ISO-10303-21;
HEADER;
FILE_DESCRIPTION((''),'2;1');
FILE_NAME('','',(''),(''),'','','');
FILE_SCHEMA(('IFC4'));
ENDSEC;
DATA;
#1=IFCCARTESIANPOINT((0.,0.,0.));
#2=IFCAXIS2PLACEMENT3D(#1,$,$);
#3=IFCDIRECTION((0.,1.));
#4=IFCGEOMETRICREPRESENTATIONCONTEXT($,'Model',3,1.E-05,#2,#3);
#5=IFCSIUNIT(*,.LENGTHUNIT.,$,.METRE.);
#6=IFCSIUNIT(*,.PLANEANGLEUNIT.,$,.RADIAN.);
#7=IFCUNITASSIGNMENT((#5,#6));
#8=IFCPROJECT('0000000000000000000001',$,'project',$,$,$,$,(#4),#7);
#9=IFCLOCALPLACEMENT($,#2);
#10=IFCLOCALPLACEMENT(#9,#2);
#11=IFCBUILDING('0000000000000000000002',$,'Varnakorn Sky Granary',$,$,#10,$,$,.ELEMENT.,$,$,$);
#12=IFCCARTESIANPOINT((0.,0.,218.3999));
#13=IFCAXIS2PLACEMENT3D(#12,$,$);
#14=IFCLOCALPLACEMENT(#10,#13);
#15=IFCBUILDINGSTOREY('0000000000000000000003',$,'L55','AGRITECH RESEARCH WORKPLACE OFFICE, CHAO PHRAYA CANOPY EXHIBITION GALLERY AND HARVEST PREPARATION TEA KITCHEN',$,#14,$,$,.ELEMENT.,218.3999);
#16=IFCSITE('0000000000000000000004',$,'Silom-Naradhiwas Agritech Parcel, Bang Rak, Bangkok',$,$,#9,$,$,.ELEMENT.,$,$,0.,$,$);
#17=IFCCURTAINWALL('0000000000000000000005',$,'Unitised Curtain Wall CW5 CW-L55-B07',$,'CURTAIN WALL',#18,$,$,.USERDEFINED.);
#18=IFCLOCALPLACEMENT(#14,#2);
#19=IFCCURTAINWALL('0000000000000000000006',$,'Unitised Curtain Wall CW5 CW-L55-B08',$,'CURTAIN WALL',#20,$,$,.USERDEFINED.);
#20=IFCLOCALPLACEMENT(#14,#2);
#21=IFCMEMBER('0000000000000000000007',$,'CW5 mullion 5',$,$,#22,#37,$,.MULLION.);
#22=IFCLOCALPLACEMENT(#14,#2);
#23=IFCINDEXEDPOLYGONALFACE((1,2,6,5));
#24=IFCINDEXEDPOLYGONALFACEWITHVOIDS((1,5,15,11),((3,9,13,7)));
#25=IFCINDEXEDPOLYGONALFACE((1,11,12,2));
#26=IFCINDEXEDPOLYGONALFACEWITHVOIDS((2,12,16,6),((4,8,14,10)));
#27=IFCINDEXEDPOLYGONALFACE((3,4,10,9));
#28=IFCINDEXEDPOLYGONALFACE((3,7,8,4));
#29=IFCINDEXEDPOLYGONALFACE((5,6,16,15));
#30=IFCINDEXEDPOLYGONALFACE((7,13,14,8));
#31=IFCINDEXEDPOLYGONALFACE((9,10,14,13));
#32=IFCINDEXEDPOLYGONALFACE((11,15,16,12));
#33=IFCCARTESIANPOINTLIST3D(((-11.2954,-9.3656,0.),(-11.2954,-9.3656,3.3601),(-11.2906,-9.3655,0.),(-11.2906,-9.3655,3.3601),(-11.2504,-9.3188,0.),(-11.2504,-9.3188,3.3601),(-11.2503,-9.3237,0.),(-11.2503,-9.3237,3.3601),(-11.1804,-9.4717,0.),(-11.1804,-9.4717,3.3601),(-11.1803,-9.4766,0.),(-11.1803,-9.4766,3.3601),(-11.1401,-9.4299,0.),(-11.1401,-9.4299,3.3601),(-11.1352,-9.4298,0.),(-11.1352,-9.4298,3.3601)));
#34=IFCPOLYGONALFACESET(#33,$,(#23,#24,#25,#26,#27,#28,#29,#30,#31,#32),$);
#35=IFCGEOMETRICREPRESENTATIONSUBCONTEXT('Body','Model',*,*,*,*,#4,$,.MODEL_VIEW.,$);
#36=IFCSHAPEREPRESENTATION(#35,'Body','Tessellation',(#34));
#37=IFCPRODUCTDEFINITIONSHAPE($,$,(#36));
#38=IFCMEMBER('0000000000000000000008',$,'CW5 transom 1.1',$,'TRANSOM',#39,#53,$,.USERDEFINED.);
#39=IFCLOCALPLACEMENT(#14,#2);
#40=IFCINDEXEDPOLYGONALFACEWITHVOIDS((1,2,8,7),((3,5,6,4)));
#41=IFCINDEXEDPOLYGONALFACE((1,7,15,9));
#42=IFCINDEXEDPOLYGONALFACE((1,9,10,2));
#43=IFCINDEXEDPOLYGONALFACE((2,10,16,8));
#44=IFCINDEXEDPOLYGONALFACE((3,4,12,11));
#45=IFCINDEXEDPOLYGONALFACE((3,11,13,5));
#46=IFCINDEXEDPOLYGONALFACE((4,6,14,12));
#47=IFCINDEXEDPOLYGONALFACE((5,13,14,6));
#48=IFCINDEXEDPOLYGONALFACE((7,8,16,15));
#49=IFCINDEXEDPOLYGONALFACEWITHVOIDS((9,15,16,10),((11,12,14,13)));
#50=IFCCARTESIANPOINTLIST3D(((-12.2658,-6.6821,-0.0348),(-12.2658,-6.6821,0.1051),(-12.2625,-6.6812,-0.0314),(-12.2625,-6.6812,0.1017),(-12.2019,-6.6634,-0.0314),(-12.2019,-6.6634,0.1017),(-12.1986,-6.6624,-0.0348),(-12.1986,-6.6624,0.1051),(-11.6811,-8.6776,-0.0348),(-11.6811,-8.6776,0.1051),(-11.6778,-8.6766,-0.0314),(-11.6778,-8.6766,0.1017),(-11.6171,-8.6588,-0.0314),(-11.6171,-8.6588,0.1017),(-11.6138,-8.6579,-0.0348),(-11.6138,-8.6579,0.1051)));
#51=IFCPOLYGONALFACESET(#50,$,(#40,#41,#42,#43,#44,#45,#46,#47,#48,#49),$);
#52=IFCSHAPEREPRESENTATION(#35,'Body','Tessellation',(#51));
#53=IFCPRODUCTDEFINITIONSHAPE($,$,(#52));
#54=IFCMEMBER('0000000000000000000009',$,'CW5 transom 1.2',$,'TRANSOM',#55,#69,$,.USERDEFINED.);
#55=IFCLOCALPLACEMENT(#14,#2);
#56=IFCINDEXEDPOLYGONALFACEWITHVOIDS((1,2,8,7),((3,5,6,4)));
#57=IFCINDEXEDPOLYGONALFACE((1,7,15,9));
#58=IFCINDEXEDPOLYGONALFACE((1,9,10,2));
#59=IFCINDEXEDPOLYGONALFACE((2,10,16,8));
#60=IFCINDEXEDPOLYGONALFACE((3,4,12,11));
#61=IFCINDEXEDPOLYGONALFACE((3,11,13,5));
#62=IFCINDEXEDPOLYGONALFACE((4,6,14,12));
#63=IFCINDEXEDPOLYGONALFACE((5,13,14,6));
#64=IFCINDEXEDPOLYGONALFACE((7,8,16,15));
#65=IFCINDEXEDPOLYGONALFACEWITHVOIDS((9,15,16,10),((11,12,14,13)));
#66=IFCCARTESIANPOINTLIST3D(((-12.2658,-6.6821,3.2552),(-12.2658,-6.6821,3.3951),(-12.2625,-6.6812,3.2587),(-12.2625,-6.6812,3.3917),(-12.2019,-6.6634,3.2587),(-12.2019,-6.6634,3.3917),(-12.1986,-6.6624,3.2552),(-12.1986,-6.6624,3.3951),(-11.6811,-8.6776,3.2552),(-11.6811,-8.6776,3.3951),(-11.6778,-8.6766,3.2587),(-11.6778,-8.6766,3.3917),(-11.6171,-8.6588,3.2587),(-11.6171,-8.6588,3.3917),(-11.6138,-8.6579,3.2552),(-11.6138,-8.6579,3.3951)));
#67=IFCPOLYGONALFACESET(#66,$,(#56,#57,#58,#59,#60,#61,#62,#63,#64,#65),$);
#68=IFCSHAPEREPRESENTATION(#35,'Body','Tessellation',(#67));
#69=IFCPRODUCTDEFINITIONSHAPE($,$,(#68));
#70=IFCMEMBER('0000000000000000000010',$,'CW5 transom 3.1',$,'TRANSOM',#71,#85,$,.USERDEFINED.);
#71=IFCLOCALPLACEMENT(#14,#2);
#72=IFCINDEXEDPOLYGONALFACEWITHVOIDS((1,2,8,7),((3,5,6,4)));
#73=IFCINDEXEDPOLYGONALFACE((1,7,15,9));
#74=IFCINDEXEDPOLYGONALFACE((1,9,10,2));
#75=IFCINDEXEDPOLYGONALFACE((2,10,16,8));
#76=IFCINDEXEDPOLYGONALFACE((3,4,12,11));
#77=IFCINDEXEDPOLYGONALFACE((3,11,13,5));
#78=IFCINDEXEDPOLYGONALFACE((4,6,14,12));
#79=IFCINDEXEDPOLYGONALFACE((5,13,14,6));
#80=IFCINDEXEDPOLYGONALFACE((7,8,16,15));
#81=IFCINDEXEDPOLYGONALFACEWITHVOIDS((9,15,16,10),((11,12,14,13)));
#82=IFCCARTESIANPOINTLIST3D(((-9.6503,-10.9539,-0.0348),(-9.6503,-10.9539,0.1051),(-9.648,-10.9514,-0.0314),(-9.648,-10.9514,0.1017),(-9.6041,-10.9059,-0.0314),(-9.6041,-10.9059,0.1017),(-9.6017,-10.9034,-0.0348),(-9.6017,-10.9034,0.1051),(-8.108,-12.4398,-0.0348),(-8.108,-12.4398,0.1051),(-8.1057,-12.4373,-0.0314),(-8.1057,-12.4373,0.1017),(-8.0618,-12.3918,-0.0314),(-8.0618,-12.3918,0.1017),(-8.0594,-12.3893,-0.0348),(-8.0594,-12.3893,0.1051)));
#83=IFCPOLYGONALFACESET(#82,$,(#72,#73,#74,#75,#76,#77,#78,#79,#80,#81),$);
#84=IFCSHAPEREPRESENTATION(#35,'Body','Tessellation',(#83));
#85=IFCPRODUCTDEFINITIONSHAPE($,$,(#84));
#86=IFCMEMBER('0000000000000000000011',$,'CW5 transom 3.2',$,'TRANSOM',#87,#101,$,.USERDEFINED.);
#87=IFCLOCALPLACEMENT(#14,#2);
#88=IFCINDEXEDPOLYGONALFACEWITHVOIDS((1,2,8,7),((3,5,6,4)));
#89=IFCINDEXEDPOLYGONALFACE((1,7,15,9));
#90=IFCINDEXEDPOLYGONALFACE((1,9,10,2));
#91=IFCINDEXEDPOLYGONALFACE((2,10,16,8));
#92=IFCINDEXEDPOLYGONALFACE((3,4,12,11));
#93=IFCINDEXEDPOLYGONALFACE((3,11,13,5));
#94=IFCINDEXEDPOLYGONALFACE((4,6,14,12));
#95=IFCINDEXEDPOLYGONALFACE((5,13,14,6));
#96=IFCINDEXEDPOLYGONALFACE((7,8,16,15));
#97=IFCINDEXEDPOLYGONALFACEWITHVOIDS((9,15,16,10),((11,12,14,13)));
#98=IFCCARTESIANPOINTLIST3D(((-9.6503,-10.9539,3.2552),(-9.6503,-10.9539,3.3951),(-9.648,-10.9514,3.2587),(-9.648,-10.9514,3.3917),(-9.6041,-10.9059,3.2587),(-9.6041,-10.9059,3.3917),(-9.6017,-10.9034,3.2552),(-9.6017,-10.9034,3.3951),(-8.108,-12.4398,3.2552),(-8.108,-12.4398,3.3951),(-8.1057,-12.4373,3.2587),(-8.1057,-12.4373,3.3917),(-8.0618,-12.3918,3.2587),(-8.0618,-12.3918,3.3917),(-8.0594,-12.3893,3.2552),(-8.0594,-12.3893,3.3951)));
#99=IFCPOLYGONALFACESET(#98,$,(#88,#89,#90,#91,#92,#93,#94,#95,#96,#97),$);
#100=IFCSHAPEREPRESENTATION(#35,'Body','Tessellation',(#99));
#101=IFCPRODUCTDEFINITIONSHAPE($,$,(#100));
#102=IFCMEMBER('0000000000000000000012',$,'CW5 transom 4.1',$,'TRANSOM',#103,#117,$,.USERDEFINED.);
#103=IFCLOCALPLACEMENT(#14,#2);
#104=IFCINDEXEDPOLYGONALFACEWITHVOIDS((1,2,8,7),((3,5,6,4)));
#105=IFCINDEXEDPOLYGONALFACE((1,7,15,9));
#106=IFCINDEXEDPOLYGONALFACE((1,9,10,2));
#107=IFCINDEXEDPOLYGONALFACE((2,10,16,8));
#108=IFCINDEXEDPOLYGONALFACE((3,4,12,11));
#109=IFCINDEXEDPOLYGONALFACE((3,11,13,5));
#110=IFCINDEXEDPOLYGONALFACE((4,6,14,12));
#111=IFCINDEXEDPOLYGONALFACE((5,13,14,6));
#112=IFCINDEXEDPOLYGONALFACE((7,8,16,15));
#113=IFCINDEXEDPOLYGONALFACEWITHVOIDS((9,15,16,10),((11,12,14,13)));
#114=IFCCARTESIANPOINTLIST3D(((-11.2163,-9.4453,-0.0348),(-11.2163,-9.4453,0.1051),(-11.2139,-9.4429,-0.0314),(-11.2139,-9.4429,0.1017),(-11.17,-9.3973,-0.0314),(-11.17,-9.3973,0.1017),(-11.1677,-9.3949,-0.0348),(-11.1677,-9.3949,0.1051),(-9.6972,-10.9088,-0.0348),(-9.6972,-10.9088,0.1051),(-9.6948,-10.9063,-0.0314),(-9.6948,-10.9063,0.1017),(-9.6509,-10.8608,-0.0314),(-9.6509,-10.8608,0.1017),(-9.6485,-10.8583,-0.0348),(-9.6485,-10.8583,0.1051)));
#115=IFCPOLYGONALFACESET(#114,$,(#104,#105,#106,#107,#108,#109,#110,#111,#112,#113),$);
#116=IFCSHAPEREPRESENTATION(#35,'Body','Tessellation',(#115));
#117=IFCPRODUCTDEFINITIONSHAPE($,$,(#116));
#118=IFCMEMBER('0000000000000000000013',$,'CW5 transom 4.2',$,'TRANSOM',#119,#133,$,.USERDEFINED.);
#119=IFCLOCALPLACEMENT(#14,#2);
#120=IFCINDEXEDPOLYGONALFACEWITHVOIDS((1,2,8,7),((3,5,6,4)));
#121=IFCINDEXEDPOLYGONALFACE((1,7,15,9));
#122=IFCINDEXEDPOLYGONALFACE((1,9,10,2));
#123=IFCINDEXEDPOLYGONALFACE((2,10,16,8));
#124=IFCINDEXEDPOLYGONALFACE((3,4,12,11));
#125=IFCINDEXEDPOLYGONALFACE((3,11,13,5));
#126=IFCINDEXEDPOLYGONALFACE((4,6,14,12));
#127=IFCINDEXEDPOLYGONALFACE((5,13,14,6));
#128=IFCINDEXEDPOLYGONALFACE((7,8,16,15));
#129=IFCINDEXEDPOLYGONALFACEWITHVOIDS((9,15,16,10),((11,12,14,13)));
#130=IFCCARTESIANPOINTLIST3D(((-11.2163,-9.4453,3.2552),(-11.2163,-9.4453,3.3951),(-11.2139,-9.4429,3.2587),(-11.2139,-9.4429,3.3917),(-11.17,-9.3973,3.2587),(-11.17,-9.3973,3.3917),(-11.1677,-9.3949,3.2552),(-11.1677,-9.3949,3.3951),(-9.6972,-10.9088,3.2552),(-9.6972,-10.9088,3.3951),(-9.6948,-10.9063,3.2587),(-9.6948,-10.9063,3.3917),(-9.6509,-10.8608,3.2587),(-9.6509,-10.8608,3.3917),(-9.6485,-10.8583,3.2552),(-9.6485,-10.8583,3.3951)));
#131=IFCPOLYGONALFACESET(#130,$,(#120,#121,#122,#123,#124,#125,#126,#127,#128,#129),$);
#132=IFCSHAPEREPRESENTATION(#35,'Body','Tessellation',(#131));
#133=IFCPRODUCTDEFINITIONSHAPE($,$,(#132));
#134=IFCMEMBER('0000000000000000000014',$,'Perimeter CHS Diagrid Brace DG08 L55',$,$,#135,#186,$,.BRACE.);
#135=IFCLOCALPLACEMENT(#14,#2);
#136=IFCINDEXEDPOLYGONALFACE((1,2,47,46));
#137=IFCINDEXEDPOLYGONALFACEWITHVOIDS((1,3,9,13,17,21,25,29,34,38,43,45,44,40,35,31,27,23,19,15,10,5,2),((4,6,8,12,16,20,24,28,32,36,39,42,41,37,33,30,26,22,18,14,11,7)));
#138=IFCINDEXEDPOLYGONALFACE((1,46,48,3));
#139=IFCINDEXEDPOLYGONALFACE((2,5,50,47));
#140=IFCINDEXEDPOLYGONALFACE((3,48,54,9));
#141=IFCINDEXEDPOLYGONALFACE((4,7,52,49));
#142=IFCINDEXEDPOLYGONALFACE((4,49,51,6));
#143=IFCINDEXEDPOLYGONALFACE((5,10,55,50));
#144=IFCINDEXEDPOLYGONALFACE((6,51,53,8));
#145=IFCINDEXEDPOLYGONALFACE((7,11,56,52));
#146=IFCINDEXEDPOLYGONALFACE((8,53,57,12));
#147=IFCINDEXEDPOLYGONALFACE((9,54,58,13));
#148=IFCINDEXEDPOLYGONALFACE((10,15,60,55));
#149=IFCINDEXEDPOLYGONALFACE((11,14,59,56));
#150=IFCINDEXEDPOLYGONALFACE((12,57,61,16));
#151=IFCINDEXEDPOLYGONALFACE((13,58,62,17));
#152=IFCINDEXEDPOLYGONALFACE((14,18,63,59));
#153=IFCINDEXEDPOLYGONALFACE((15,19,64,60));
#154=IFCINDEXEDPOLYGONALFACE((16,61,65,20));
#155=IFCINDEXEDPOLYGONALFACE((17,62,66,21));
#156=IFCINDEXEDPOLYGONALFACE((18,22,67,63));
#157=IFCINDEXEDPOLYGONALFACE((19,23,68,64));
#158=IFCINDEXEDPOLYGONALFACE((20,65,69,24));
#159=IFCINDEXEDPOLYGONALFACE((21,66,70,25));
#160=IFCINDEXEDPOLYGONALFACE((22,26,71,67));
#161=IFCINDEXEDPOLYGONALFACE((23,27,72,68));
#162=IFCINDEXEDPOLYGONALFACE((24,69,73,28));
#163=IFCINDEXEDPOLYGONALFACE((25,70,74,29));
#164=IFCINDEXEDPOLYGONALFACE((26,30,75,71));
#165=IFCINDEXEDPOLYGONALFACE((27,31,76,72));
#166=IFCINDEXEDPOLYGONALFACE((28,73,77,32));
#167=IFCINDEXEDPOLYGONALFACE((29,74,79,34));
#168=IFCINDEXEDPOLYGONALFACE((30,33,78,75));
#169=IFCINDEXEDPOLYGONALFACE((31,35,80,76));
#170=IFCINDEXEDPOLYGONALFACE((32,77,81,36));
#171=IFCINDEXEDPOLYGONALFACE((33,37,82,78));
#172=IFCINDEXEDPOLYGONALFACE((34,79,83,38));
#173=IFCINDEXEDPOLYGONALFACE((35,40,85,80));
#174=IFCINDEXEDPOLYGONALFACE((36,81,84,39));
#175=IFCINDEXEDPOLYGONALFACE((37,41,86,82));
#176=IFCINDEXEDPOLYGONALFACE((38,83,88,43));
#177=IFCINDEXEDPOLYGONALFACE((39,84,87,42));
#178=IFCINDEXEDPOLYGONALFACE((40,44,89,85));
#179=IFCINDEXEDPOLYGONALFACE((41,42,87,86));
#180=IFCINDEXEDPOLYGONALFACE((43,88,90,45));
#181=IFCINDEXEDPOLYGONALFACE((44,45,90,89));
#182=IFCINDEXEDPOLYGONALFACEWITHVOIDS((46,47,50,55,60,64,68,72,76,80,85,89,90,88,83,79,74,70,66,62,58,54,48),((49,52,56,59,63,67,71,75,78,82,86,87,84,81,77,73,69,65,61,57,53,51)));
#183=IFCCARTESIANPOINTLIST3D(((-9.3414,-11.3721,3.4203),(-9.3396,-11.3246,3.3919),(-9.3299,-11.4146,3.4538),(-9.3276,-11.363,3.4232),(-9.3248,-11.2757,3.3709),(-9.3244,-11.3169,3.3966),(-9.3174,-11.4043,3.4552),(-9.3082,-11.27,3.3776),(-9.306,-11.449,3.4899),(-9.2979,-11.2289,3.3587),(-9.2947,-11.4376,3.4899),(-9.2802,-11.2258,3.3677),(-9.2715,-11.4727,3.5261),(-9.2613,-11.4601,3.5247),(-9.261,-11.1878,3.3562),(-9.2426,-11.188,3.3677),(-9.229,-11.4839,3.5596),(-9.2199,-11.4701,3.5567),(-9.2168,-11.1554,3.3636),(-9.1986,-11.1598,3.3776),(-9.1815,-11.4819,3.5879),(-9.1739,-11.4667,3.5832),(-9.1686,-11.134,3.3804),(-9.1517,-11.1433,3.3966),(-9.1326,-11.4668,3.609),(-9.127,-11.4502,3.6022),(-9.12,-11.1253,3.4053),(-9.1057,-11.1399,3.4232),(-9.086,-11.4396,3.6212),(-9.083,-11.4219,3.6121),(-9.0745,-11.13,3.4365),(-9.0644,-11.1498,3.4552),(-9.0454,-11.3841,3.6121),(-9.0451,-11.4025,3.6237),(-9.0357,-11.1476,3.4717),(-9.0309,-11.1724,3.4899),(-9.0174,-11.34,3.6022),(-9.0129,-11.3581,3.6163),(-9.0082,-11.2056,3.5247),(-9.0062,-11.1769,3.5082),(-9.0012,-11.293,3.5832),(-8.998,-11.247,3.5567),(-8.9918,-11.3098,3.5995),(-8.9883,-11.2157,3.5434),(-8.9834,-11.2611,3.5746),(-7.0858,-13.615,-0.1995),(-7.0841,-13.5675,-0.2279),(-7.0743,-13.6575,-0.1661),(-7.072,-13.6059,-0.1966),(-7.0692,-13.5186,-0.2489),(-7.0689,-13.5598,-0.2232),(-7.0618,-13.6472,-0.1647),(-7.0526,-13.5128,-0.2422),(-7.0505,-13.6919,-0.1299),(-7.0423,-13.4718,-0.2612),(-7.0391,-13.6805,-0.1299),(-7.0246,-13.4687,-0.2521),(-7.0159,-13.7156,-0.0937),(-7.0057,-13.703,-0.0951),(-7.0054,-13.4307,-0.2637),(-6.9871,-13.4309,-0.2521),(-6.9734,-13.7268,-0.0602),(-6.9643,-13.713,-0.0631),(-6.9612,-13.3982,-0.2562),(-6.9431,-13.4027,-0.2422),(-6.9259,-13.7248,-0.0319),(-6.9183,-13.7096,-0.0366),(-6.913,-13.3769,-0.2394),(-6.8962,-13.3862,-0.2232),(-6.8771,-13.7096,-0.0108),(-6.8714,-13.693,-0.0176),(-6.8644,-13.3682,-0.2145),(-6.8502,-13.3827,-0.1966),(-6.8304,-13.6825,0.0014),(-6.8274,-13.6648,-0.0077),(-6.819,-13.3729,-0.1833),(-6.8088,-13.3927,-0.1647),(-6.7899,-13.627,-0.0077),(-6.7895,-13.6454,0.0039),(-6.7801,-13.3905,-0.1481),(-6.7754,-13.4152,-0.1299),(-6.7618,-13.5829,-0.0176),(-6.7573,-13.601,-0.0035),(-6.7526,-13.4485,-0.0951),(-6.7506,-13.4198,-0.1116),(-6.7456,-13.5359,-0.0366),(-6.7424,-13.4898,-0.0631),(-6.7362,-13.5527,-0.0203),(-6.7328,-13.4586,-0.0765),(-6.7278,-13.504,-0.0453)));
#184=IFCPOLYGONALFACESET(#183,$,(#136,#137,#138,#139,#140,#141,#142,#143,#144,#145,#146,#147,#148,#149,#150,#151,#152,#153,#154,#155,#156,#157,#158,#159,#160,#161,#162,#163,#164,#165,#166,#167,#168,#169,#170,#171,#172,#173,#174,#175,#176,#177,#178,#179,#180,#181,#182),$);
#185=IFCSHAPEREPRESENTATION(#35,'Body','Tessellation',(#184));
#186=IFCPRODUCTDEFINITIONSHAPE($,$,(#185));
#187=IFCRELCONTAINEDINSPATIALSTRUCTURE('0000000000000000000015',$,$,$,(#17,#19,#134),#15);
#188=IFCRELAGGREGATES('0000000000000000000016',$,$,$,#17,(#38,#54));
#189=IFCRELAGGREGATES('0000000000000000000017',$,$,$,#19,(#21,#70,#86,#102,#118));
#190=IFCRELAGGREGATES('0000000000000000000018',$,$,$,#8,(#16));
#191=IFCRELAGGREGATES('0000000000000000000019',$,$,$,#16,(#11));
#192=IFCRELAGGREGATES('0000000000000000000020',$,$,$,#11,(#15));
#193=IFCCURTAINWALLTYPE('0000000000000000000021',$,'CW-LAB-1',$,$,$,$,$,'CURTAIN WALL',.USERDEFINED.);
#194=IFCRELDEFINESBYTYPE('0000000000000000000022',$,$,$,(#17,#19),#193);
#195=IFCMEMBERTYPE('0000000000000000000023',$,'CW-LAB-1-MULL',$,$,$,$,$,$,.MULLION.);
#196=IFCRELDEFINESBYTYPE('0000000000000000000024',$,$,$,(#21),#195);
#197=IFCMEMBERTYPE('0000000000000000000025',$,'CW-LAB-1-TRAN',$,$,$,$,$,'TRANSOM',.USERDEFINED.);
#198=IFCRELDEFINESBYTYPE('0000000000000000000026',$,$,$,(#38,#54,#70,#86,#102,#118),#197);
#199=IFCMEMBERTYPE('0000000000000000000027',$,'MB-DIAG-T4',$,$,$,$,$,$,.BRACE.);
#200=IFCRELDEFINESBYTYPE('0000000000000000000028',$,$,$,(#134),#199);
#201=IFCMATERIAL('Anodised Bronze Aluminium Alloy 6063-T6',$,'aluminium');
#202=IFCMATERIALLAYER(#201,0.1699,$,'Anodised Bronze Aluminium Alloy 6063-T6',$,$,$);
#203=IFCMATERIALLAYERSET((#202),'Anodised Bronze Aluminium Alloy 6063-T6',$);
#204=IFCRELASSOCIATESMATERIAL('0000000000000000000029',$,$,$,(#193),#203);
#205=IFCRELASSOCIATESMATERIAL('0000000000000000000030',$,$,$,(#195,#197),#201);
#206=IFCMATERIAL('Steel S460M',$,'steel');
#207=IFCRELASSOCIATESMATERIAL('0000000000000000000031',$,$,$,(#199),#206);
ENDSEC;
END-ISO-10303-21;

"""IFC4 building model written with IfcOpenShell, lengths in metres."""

from ifc_helpers import new_model, si_unit, direction, frame, origin, origin_2d, place, context, subcontext, project, spatial, hollow_rectangle, hollow_circle, extrude, material, layer, layer_set, material_profile, profile_set, type_object, element, aggregate, save


model = new_model("IFC4")

# Units and contexts
model_context = context("Model", 3, precision=1e-05, world=origin(), true_north=direction((0.0, 1.0)))
body_context = subcontext(model_context, "Body", "Model", "MODEL_VIEW")
ifc_project = project(units=[si_unit("LENGTHUNIT", "METRE"), si_unit("PLANEANGLEUNIT", "RADIAN")], contexts=[model_context])

# Site, building, storey
site_placement = place(None, origin())
site = spatial("IfcSite", under=ifc_project, at=site_placement, Name="Silom-Naradhiwas Agritech Parcel, Bang Rak, Bangkok", CompositionType="ELEMENT", RefElevation=0.0)
building_placement = place(site_placement, origin())
building = spatial("IfcBuilding", under=site, at=building_placement, Name="Varnakorn Sky Granary", CompositionType="ELEMENT")
storey_placement = place(building_placement, frame((0.0, 0.0, 218.3999)))
storey = spatial("IfcBuildingStorey", under=building, at=storey_placement, Name="L55", Description="AGRITECH RESEARCH WORKPLACE OFFICE, CHAO PHRAYA CANOPY EXHIBITION GALLERY AND HARVEST PREPARATION TEA KITCHEN", CompositionType="ELEMENT", Elevation=218.3999)

# Shared definitions
ifc_material_1 = material(Name="Steel S460M", Category="steel")

# Curtain walls, member
ifc_material_2 = material(Name="Anodised Bronze Aluminium Alloy 6063-T6", Category="aluminium")
ifc_layer_1 = layer(ifc_material_2, 0.1699, Name="Anodised Bronze Aluminium Alloy 6063-T6")
ifc_layer_set_1 = layer_set([ifc_layer_1], Name="Anodised Bronze Aluminium Alloy 6063-T6")
curtain_wall_type = type_object("IfcCurtainWallType", Name="CW-LAB-1", ElementType="CURTAIN WALL", PredefinedType="USERDEFINED", material=ifc_layer_set_1)
curtain_wall_1_placement = place(storey_placement, origin())
curtain_wall_1 = element("IfcCurtainWall", 1, at=curtain_wall_1_placement, inside=storey, type_object=curtain_wall_type, Name="Unitised Curtain Wall CW5 CW-L55-B07", ObjectType="CURTAIN WALL", PredefinedType="USERDEFINED")
ifc_material_profile_1 = material_profile(ifc_material_2, hollow_rectangle(XDim=0.0649, YDim=0.1599, WallThickness=0.0034, at=origin_2d()), Name="ALU MULL 65x160")
ifc_profile_set_1 = profile_set([ifc_material_profile_1], Name="Anodised Bronze Aluminium Alloy 6063-T6")
member_type_1 = type_object("IfcMemberType", Name="CW-LAB-1-MULL", PredefinedType="MULLION", material=ifc_profile_set_1)
curtain_wall_2_placement = place(storey_placement, origin())
curtain_wall_2 = element("IfcCurtainWall", 2, at=curtain_wall_2_placement, inside=storey, type_object=curtain_wall_type, Name="Unitised Curtain Wall CW5 CW-L55-B08", ObjectType="CURTAIN WALL", PredefinedType="USERDEFINED")
member_1_placement = place(storey_placement, frame((-11.2153, -9.3977, 0.0), z_axis=(0.0, 0.0, 1.0), x_axis=(-0.693785, -0.720182, 0.0)))
member_1 = element("IfcMember", 3, at=member_1_placement, type_object=member_type_1, Name="CW5 mullion 5", PredefinedType="MULLION", context=body_context, shape_type="SweptSolid", body=[
    extrude(hollow_rectangle(XDim=0.0649, YDim=0.1599, WallThickness=0.0034, at=origin_2d()), origin(), (0.0, 0.0, 1.0), 3.3601),
])

# Members
ifc_material_profile_2 = material_profile(ifc_material_2, hollow_rectangle(XDim=0.0701, YDim=0.1399, WallThickness=0.0034, at=origin_2d()), Name="ALU TRAN 70x140")
ifc_profile_set_2 = profile_set([ifc_material_profile_2], Name="Anodised Bronze Aluminium Alloy 6063-T6")
member_type_2 = type_object("IfcMemberType", Name="CW-LAB-1-TRAN", ElementType="TRANSOM", PredefinedType="USERDEFINED", material=ifc_profile_set_2)
member_2_placement = place(storey_placement, frame((-11.6475, -8.6677, 0.0352), z_axis=(-0.281213, 0.959645, 0.0), x_axis=(-0.959645, -0.281213, 0.0)))
member_2 = element("IfcMember", 4, at=member_2_placement, type_object=member_type_2, Name="CW5 transom 1.1", ObjectType="TRANSOM", PredefinedType="USERDEFINED", context=body_context, shape_type="SweptSolid", body=[
    extrude(hollow_rectangle(XDim=0.0701, YDim=0.1399, WallThickness=0.0034, at=origin_2d()), origin(), (0.0, 0.0, 1.0), 2.0793),
])
member_3_placement = place(storey_placement, frame((-11.6475, -8.6677, 3.3252), z_axis=(-0.281213, 0.959645, 0.0), x_axis=(-0.959645, -0.281213, 0.0)))
member_3 = element("IfcMember", 5, at=member_3_placement, type_object=member_type_2, Name="CW5 transom 1.2", ObjectType="TRANSOM", PredefinedType="USERDEFINED", context=body_context, shape_type="SweptSolid", body=[
    extrude(hollow_rectangle(XDim=0.0701, YDim=0.1399, WallThickness=0.0034, at=origin_2d()), origin(), (0.0, 0.0, 1.0), 2.0793),
])
member_4_placement = place(storey_placement, frame((-8.0837, -12.4146, 0.0352), z_axis=(-0.720151, 0.693817, 0.0), x_axis=(-0.693817, -0.720151, 0.0)))
member_4 = element("IfcMember", 6, at=member_4_placement, type_object=member_type_2, Name="CW5 transom 3.1", ObjectType="TRANSOM", PredefinedType="USERDEFINED", context=body_context, shape_type="SweptSolid", body=[
    extrude(hollow_rectangle(XDim=0.0701, YDim=0.1399, WallThickness=0.0034, at=origin_2d()), origin(), (0.0, 0.0, 1.0), 2.1416),
])
member_5_placement = place(storey_placement, frame((-8.0837, -12.4146, 3.3252), z_axis=(-0.720151, 0.693817, 0.0), x_axis=(-0.693817, -0.720151, 0.0)))
member_5 = element("IfcMember", 7, at=member_5_placement, type_object=member_type_2, Name="CW5 transom 3.2", ObjectType="TRANSOM", PredefinedType="USERDEFINED", context=body_context, shape_type="SweptSolid", body=[
    extrude(hollow_rectangle(XDim=0.0701, YDim=0.1399, WallThickness=0.0034, at=origin_2d()), origin(), (0.0, 0.0, 1.0), 2.1416),
])
member_6_placement = place(storey_placement, frame((-9.6729, -10.8835, 0.0352), z_axis=(-0.720179, 0.693788, 0.0), x_axis=(-0.693788, -0.720179, 0.0)))
member_6 = element("IfcMember", 8, at=member_6_placement, type_object=member_type_2, Name="CW5 transom 4.1", ObjectType="TRANSOM", PredefinedType="USERDEFINED", context=body_context, shape_type="SweptSolid", body=[
    extrude(hollow_rectangle(XDim=0.0701, YDim=0.1399, WallThickness=0.0034, at=origin_2d()), origin(), (0.0, 0.0, 1.0), 2.1094),
])
member_7_placement = place(storey_placement, frame((-9.6729, -10.8835, 3.3252), z_axis=(-0.720179, 0.693788, 0.0), x_axis=(-0.693788, -0.720179, 0.0)))
member_7 = element("IfcMember", 9, at=member_7_placement, type_object=member_type_2, Name="CW5 transom 4.2", ObjectType="TRANSOM", PredefinedType="USERDEFINED", context=body_context, shape_type="SweptSolid", body=[
    extrude(hollow_rectangle(XDim=0.0701, YDim=0.1399, WallThickness=0.0034, at=origin_2d()), origin(), (0.0, 0.0, 1.0), 2.1094),
])
ifc_material_profile_3 = material_profile(ifc_material_1, hollow_circle(Radius=0.2031, WallThickness=0.0161, at=origin_2d()), Name="CHS 406.4x16")
ifc_profile_set_3 = profile_set([ifc_material_profile_3], Name="Steel S460M")
member_type_3 = type_object("IfcMemberType", Name="MB-DIAG-T4", PredefinedType="BRACE", material=ifc_profile_set_3)
member_8_placement = place(storey_placement, frame((-6.9072, -13.5479, -0.1299), z_axis=(-0.468075, 0.465441, 0.75118), x_axis=(-0.705108, -0.709099, 0.0)))
element("IfcMember", 10, at=member_8_placement, inside=storey, type_object=member_type_3, Name="Perimeter CHS Diagrid Brace DG08 L55", PredefinedType="BRACE", context=body_context, shape_type="SweptSolid", body=[
    extrude(hollow_circle(Radius=0.2031, WallThickness=0.0161, at=origin_2d()), origin(), (0.0, 0.0, 1.0), 4.8188),
])

aggregate(curtain_wall_1, [member_2, member_3])
aggregate(curtain_wall_2, [member_1, member_4, member_5, member_6, member_7])

save(model, "model.ifc")
